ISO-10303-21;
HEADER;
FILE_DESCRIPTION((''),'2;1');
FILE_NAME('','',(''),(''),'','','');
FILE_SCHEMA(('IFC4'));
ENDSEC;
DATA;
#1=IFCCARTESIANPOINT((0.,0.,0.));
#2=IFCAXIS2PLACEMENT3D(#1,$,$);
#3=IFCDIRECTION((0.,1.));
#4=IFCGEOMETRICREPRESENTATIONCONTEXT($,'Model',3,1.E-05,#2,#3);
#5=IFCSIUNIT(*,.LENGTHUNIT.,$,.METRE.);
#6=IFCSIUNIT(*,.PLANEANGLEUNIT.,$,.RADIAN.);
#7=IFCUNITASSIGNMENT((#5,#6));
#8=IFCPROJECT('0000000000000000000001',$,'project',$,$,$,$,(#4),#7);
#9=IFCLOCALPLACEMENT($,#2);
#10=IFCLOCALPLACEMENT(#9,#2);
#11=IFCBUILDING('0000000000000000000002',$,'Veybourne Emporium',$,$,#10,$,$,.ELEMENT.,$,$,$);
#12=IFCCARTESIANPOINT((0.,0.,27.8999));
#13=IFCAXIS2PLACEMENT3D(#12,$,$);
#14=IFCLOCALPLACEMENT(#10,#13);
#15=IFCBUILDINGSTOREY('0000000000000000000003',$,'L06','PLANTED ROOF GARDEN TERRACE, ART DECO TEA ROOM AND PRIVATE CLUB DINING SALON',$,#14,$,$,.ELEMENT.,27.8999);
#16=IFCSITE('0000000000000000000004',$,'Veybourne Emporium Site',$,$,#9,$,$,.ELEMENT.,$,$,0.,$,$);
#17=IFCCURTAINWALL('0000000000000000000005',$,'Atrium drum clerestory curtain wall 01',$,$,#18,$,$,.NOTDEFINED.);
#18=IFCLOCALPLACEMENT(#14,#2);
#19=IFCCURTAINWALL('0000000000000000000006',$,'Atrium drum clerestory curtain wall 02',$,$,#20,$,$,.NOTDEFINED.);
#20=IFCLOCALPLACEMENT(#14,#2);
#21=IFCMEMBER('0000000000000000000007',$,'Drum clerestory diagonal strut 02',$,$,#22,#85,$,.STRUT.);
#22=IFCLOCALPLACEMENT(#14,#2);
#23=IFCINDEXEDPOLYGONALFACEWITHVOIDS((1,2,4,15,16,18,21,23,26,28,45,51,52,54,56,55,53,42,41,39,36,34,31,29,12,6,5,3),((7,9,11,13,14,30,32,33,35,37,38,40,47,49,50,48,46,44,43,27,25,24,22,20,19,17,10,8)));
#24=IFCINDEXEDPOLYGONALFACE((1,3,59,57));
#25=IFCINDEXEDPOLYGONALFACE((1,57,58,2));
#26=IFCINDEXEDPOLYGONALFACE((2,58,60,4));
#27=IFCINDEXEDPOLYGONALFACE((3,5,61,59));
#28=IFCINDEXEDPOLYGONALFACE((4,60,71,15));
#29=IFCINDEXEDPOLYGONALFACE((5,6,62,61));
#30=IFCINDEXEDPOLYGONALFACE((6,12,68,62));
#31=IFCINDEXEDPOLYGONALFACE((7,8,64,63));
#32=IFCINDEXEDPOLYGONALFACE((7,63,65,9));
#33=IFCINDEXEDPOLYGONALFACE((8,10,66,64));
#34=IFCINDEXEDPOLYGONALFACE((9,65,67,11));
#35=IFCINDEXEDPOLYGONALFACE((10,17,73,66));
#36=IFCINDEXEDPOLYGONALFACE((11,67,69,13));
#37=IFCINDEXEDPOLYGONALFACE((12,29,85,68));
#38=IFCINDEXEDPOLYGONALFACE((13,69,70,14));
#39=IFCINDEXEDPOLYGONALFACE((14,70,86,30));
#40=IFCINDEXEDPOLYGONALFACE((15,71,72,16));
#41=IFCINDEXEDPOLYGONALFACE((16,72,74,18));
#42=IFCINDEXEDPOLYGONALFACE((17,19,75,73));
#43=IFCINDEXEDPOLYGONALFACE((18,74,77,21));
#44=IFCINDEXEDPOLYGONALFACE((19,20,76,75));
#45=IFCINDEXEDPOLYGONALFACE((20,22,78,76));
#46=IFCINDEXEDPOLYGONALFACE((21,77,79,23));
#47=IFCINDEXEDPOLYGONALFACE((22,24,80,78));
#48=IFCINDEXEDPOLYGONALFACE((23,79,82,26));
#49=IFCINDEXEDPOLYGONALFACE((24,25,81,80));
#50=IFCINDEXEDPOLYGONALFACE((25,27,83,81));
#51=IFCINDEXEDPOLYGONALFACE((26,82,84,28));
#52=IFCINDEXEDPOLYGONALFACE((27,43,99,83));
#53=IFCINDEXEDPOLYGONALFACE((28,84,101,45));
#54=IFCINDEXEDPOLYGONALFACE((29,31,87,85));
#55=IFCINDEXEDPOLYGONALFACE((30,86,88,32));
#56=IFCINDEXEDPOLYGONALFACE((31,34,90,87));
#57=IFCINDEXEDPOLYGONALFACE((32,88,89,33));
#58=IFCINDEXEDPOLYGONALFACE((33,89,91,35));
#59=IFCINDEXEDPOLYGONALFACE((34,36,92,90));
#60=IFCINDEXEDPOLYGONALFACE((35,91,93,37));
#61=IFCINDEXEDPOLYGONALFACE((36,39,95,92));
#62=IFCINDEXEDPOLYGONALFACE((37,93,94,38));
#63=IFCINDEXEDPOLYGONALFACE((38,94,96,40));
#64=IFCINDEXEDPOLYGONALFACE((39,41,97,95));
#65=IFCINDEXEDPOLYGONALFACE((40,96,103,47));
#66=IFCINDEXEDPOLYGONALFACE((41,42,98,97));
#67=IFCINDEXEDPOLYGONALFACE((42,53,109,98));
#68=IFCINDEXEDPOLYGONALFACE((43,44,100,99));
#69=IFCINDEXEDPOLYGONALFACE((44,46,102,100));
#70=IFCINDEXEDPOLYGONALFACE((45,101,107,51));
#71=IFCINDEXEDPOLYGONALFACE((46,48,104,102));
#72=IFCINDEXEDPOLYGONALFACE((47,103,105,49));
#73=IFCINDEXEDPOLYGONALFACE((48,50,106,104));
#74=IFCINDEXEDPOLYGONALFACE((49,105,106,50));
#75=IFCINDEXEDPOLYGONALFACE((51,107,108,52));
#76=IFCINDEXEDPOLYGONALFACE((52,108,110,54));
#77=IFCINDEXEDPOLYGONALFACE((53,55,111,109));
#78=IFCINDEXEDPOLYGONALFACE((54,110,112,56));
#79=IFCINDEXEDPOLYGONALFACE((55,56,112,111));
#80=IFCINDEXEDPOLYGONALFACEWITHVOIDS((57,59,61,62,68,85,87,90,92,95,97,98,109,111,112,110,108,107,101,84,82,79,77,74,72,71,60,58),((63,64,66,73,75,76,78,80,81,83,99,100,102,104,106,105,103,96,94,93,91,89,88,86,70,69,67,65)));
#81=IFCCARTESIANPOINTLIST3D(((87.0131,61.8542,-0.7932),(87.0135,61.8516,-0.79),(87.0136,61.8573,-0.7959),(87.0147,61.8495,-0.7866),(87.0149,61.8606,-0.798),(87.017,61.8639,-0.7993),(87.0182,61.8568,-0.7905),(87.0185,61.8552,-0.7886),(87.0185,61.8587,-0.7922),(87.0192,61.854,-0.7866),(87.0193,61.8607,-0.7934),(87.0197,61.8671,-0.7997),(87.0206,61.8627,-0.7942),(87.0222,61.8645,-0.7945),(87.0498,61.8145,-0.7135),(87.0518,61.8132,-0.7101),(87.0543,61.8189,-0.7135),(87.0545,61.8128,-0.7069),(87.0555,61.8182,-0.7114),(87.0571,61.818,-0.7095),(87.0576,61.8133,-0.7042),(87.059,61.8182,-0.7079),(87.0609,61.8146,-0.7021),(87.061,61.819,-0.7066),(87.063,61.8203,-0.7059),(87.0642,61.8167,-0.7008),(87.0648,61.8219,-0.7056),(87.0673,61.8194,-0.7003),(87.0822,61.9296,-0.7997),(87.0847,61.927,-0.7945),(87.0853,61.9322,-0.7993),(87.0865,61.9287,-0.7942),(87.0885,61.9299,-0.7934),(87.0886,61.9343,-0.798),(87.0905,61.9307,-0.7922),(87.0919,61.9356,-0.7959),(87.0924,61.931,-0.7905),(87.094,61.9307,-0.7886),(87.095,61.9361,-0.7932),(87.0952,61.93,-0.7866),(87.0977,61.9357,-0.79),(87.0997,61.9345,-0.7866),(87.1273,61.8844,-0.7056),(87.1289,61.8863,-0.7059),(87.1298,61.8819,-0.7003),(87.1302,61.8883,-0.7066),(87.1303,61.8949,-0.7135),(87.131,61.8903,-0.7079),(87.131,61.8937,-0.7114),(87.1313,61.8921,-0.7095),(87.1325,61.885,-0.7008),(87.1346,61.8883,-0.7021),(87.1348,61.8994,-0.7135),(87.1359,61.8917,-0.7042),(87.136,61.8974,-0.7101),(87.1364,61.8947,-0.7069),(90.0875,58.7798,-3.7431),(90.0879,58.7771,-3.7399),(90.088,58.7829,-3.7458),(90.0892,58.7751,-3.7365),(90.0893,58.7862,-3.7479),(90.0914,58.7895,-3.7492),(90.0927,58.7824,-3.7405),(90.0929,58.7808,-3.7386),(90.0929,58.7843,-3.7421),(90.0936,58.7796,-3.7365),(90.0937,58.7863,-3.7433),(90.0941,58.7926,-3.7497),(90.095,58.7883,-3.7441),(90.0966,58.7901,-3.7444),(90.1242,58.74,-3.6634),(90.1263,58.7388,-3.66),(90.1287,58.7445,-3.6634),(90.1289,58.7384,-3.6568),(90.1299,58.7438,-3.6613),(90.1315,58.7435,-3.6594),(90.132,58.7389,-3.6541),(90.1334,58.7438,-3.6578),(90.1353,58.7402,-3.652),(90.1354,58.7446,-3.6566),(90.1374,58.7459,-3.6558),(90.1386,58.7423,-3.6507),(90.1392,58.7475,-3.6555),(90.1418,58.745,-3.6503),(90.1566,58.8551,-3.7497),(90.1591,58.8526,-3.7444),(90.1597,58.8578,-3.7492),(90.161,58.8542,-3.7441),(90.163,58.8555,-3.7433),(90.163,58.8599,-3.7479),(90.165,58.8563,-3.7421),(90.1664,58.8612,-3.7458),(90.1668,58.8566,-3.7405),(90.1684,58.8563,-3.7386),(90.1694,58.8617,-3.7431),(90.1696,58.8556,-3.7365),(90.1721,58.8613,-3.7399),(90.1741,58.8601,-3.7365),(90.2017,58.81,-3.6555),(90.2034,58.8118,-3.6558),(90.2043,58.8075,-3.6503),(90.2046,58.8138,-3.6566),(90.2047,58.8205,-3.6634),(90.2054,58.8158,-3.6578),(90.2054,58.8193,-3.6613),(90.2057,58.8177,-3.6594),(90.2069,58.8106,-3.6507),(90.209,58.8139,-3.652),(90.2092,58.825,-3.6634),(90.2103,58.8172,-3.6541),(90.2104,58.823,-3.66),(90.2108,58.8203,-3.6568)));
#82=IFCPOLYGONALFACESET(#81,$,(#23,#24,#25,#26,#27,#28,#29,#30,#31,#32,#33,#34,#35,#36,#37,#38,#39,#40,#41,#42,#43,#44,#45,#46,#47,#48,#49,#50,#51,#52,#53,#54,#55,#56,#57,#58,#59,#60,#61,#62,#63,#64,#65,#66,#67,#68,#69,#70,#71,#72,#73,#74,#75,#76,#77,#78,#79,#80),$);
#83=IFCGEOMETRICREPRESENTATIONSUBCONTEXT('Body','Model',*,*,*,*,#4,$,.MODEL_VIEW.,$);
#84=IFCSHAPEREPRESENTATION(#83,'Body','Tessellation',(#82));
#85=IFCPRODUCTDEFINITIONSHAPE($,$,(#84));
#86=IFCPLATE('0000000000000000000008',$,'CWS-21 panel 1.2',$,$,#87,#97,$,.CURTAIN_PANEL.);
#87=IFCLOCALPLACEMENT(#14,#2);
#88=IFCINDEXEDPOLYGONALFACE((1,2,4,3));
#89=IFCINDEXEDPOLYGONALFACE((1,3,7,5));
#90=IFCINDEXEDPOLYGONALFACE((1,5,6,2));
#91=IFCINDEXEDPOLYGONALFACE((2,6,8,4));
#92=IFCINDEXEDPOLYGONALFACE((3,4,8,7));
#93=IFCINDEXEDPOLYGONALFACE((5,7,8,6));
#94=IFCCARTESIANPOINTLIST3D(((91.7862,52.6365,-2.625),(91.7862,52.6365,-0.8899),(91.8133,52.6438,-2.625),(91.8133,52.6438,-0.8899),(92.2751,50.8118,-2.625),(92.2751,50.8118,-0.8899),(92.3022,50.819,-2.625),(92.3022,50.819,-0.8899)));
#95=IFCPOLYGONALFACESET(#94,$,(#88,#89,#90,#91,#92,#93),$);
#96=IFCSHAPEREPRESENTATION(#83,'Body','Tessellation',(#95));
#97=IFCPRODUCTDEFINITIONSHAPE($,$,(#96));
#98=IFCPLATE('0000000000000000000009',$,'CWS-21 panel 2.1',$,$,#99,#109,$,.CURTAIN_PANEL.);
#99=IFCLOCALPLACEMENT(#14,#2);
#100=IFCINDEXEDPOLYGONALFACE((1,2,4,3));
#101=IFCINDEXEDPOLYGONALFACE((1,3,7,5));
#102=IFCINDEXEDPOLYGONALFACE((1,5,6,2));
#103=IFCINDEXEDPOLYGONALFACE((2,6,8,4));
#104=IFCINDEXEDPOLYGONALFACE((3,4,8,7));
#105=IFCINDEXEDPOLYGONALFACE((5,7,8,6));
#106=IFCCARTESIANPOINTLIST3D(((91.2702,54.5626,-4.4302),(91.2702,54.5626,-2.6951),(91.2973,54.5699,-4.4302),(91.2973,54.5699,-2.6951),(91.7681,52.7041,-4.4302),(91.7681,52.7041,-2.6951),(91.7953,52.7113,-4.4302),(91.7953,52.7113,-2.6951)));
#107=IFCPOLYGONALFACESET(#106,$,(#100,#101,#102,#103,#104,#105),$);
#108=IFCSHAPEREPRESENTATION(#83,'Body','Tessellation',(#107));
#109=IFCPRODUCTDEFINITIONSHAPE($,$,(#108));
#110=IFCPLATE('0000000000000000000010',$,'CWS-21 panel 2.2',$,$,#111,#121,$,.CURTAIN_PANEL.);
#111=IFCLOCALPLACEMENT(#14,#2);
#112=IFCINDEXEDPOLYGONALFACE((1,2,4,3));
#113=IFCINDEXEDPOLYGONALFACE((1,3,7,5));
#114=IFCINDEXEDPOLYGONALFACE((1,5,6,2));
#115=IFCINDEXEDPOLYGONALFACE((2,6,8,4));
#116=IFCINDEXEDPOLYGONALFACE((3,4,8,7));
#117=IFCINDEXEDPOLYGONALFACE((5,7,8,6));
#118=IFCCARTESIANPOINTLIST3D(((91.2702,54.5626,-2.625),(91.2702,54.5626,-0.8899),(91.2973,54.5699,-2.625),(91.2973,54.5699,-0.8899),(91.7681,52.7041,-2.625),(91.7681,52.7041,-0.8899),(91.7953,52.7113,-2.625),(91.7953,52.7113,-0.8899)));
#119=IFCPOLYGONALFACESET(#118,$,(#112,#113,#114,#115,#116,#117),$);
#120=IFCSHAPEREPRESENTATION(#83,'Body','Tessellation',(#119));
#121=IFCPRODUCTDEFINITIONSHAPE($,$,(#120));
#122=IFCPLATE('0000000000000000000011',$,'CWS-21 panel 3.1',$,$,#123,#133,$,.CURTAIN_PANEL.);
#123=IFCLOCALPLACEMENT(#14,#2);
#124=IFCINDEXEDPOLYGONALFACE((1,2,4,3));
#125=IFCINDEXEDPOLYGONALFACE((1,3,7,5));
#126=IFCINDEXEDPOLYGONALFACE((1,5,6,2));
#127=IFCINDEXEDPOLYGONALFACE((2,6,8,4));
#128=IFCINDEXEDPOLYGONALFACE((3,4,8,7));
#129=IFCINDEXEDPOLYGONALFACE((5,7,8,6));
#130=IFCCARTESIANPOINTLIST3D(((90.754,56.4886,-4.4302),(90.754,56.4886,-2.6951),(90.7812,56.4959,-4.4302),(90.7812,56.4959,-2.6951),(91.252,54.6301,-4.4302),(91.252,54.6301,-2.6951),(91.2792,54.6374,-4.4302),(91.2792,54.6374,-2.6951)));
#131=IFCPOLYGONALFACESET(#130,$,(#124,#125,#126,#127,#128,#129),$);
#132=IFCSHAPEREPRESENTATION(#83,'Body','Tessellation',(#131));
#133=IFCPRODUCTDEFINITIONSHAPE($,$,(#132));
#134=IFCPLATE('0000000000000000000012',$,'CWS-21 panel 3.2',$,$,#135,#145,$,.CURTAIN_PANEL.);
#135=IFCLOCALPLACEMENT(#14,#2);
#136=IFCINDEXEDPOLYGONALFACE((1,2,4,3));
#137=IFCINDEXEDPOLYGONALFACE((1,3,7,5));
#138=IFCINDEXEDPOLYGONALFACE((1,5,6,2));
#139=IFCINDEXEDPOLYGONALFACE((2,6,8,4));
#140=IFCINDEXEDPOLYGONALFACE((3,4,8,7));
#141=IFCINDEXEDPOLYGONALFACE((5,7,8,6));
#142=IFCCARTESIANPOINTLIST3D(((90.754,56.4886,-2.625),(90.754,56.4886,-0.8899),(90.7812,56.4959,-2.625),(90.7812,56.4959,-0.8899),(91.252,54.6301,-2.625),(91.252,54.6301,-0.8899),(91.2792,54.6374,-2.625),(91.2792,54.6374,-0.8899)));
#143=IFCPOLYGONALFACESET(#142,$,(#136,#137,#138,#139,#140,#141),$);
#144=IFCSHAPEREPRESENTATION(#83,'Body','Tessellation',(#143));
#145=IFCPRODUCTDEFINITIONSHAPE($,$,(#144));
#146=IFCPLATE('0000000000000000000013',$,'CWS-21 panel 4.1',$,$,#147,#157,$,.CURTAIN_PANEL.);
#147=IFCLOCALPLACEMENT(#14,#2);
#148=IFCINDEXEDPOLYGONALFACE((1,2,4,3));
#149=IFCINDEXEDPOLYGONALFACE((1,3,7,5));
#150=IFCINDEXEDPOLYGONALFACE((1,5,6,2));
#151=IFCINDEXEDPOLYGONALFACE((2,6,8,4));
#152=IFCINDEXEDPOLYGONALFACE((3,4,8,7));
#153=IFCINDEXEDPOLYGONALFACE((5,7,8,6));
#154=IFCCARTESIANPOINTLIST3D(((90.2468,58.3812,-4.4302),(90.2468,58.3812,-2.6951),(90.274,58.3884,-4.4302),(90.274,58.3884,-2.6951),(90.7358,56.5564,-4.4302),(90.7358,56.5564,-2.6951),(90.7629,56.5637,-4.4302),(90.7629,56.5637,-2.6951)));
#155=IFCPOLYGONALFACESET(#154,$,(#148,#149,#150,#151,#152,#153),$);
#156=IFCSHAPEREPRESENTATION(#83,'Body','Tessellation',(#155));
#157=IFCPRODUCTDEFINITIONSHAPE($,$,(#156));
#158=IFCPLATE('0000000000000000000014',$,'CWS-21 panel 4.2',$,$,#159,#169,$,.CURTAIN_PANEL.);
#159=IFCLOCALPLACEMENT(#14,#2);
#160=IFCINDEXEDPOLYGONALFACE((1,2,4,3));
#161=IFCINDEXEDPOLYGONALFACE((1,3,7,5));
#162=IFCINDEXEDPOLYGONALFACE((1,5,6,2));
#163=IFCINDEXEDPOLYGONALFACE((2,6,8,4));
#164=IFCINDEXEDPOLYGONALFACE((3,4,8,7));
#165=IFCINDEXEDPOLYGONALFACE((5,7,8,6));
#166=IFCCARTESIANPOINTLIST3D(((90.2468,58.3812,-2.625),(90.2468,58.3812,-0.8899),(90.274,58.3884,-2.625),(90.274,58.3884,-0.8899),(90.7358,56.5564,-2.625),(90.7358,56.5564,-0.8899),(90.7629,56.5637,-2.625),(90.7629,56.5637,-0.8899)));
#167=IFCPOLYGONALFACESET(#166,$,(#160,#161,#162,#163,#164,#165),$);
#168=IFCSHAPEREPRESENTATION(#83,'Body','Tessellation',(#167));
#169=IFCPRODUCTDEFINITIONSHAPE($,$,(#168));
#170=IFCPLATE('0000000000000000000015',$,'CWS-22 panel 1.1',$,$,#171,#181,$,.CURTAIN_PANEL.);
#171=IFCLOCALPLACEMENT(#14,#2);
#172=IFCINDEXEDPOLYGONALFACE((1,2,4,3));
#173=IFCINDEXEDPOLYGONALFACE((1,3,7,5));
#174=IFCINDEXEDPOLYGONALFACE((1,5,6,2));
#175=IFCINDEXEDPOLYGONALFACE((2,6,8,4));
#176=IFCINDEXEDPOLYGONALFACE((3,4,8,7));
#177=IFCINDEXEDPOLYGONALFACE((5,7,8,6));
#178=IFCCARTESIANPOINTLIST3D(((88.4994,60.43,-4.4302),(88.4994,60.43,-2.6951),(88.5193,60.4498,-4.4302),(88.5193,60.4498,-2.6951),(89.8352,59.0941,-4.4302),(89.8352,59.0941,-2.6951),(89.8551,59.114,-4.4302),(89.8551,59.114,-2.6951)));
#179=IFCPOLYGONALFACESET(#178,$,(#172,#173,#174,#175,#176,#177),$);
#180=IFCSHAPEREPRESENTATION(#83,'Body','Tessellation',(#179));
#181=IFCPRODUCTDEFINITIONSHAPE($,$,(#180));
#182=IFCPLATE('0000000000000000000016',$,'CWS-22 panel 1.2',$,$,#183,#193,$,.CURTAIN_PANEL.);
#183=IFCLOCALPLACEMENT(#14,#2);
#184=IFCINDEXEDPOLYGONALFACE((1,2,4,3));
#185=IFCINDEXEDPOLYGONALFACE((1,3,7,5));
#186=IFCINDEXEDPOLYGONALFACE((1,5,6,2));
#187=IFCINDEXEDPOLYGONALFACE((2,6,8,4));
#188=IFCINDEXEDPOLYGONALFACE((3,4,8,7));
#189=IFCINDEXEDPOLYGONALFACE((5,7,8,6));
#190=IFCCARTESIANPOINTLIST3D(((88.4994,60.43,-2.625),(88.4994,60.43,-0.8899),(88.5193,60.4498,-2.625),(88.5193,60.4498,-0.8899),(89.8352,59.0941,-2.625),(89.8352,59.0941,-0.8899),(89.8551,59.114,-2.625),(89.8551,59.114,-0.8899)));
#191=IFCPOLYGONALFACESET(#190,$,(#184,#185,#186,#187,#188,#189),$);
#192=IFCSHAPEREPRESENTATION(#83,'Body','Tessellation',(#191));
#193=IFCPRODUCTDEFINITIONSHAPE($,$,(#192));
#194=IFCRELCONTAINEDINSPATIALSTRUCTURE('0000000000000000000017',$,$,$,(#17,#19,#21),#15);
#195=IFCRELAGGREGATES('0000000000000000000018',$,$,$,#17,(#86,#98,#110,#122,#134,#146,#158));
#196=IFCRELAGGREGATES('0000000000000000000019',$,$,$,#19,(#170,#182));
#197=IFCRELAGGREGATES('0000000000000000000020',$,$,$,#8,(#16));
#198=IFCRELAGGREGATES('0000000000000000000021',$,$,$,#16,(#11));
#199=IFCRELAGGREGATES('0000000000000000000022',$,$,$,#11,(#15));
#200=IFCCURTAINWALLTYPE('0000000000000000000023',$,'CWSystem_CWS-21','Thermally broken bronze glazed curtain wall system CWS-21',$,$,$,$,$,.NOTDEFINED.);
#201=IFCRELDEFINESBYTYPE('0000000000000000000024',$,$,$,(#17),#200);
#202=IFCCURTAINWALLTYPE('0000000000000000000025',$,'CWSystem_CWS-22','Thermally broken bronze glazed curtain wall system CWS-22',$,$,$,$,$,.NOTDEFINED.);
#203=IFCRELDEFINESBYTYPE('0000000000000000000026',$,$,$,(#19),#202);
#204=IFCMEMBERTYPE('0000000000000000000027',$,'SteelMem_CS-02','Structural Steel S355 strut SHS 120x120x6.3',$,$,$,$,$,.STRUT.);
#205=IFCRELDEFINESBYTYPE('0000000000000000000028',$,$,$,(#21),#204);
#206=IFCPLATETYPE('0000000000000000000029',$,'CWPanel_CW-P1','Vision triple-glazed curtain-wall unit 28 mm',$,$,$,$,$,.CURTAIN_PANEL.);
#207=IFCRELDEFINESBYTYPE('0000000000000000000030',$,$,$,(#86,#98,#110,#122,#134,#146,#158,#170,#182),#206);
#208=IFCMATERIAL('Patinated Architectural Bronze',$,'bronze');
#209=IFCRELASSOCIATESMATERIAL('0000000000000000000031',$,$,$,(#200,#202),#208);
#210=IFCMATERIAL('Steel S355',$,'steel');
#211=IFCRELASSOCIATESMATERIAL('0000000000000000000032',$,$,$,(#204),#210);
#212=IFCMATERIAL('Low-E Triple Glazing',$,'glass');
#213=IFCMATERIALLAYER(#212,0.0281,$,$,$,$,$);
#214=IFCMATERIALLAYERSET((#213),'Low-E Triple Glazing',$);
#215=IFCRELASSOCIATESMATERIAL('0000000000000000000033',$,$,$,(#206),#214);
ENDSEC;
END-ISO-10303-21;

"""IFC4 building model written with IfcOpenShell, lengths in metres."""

from ifc_helpers import new_model, si_unit, direction, frame, origin, origin_2d, place, context, subcontext, project, spatial, rectangle, hollow_rectangle, extrude, material, layer, layer_set, material_profile, profile_set, type_object, element, aggregate, save


model = new_model("IFC4")

# Units and contexts
model_context = context("Model", 3, precision=1e-05, world=origin(), true_north=direction((0.0, 1.0)))
body_context = subcontext(model_context, "Body", "Model", "MODEL_VIEW")
ifc_project = project(units=[si_unit("LENGTHUNIT", "METRE"), si_unit("PLANEANGLEUNIT", "RADIAN")], contexts=[model_context])

# Site, building, storey
site_placement = place(None, origin())
site = spatial("IfcSite", under=ifc_project, at=site_placement, Name="Veybourne Emporium Site", CompositionType="ELEMENT", RefElevation=0.0)
building_placement = place(site_placement, origin())
building = spatial("IfcBuilding", under=site, at=building_placement, Name="Veybourne Emporium", CompositionType="ELEMENT")
storey_placement = place(building_placement, frame((0.0, 0.0, 27.8999)))
storey = spatial("IfcBuildingStorey", under=building, at=storey_placement, Name="L06", Description="PLANTED ROOF GARDEN TERRACE, ART DECO TEA ROOM AND PRIVATE CLUB DINING SALON", CompositionType="ELEMENT", Elevation=27.8999)

# Curtain walls
ifc_material_1 = material(Name="Patinated Architectural Bronze", Category="bronze")
curtain_wall_type_1 = type_object("IfcCurtainWallType", Name="CWSystem_CWS-21", Description="Thermally broken bronze glazed curtain wall system CWS-21", PredefinedType="NOTDEFINED", material=ifc_material_1)
curtain_wall_1_placement = place(storey_placement, origin())
curtain_wall_1 = element("IfcCurtainWall", 1, at=curtain_wall_1_placement, inside=storey, type_object=curtain_wall_type_1, Name="Atrium drum clerestory curtain wall 01", PredefinedType="NOTDEFINED")
curtain_wall_type_2 = type_object("IfcCurtainWallType", Name="CWSystem_CWS-22", Description="Thermally broken bronze glazed curtain wall system CWS-22", PredefinedType="NOTDEFINED", material=ifc_material_1)
curtain_wall_2_placement = place(storey_placement, origin())
curtain_wall_2 = element("IfcCurtainWall", 2, at=curtain_wall_2_placement, inside=storey, type_object=curtain_wall_type_2, Name="Atrium drum clerestory curtain wall 02", PredefinedType="NOTDEFINED")

# Member
ifc_material_2 = material(Name="Steel S355", Category="steel")
ifc_material_profile_1 = material_profile(ifc_material_2, hollow_rectangle(XDim=0.1201, YDim=0.1201, WallThickness=0.0063, InnerFilletRadius=0.0095, OuterFilletRadius=0.0159, at=origin_2d()), Name="SHS 120x120x6.3")
ifc_profile_set_1 = profile_set([ifc_material_profile_1], Name="Steel S355")
member_type_1 = type_object("IfcMemberType", Name="SteelMem_CS-02", Description="Structural Steel S355 strut SHS 120x120x6.3", PredefinedType="STRUT", material=ifc_profile_set_1)
member_1_placement = place(storey_placement, frame((90.1492, 58.8, -3.7), z_axis=(-0.585141, 0.585141, 0.561444), x_axis=(-0.707107, -0.707107, 0.0)))
element("IfcMember", 3, at=member_1_placement, inside=storey, type_object=member_type_1, Name="Drum clerestory diagonal strut 02", PredefinedType="STRUT", context=body_context, shape_type="SweptSolid", body=[
    extrude(hollow_rectangle(XDim=0.1201, YDim=0.1201, WallThickness=0.0063, InnerFilletRadius=0.0095, OuterFilletRadius=0.0159, at=origin_2d()), origin(), (0.0, 0.0, 1.0), 5.2542),
])

# Plates
ifc_material_3 = material(Name="Low-E Triple Glazing", Category="glass")
ifc_layer_1 = layer(ifc_material_3, 0.0281)
ifc_layer_set_1 = layer_set([ifc_layer_1], Name="Low-E Triple Glazing")
plate_type = type_object("IfcPlateType", Name="CWPanel_CW-P1", Description="Vision triple-glazed curtain-wall unit 28 mm", PredefinedType="CURTAIN_PANEL", material=ifc_layer_set_1)
plate_1_placement = place(storey_placement, frame((92.0442, 51.7278, -2.625), z_axis=(0.0, 0.0, 1.0), x_axis=(-0.25882, 0.965926, 0.0)))
plate_1 = element("IfcPlate", 4, at=plate_1_placement, type_object=plate_type, Name="CWS-21 panel 1.2", PredefinedType="CURTAIN_PANEL", context=body_context, shape_type="SweptSolid", body=[
    extrude(rectangle(XDim=1.8892, YDim=0.0281, at=origin_2d()), origin(), (0.0, 0.0, 1.0), 1.7351),
])
plate_2_placement = place(storey_placement, frame((91.5327, 53.637, -4.4302), z_axis=(0.0, 0.0, 1.0), x_axis=(-0.25882, 0.965926, 0.0)))
plate_2 = element("IfcPlate", 5, at=plate_2_placement, type_object=plate_type, Name="CWS-21 panel 2.1", PredefinedType="CURTAIN_PANEL", context=body_context, shape_type="SweptSolid", body=[
    extrude(rectangle(XDim=1.9241, YDim=0.0281, at=origin_2d()), origin(), (0.0, 0.0, 1.0), 1.7351),
])
plate_3_placement = place(storey_placement, frame((91.5327, 53.637, -2.625), z_axis=(0.0, 0.0, 1.0), x_axis=(-0.25882, 0.965926, 0.0)))
plate_3 = element("IfcPlate", 6, at=plate_3_placement, type_object=plate_type, Name="CWS-21 panel 2.2", PredefinedType="CURTAIN_PANEL", context=body_context, shape_type="SweptSolid", body=[
    extrude(rectangle(XDim=1.9241, YDim=0.0281, at=origin_2d()), origin(), (0.0, 0.0, 1.0), 1.7351),
])
plate_4_placement = place(storey_placement, frame((91.0166, 55.563, -4.4302), z_axis=(0.0, 0.0, 1.0), x_axis=(-0.25882, 0.965926, 0.0)))
plate_4 = element("IfcPlate", 7, at=plate_4_placement, type_object=plate_type, Name="CWS-21 panel 3.1", PredefinedType="CURTAIN_PANEL", context=body_context, shape_type="SweptSolid", body=[
    extrude(rectangle(XDim=1.9241, YDim=0.0281, at=origin_2d()), origin(), (0.0, 0.0, 1.0), 1.7351),
])
plate_5_placement = place(storey_placement, frame((91.0166, 55.563, -2.625), z_axis=(0.0, 0.0, 1.0), x_axis=(-0.25882, 0.965926, 0.0)))
plate_5 = element("IfcPlate", 8, at=plate_5_placement, type_object=plate_type, Name="CWS-21 panel 3.2", PredefinedType="CURTAIN_PANEL", context=body_context, shape_type="SweptSolid", body=[
    extrude(rectangle(XDim=1.9241, YDim=0.0281, at=origin_2d()), origin(), (0.0, 0.0, 1.0), 1.7351),
])
plate_6_placement = place(storey_placement, frame((90.5049, 57.4724, -4.4302), z_axis=(0.0, 0.0, 1.0), x_axis=(-0.25882, 0.965926, 0.0)))
plate_6 = element("IfcPlate", 9, at=plate_6_placement, type_object=plate_type, Name="CWS-21 panel 4.1", PredefinedType="CURTAIN_PANEL", context=body_context, shape_type="SweptSolid", body=[
    extrude(rectangle(XDim=1.8892, YDim=0.0281, at=origin_2d()), origin(), (0.0, 0.0, 1.0), 1.7351),
])
plate_7_placement = place(storey_placement, frame((90.5049, 57.4724, -2.625), z_axis=(0.0, 0.0, 1.0), x_axis=(-0.25882, 0.965926, 0.0)))
plate_7 = element("IfcPlate", 10, at=plate_7_placement, type_object=plate_type, Name="CWS-21 panel 4.2", PredefinedType="CURTAIN_PANEL", context=body_context, shape_type="SweptSolid", body=[
    extrude(rectangle(XDim=1.8892, YDim=0.0281, at=origin_2d()), origin(), (0.0, 0.0, 1.0), 1.7351),
])
aggregate(curtain_wall_1, [plate_1, plate_2, plate_3, plate_4, plate_5, plate_6, plate_7])
plate_8_placement = place(storey_placement, frame((89.1772, 59.772, -4.4302), z_axis=(0.0, 0.0, 1.0), x_axis=(-0.707107, 0.707107, 0.0)))
plate_8 = element("IfcPlate", 11, at=plate_8_placement, type_object=plate_type, Name="CWS-22 panel 1.1", PredefinedType="CURTAIN_PANEL", context=body_context, shape_type="SweptSolid", body=[
    extrude(rectangle(XDim=1.8892, YDim=0.0281, at=origin_2d()), origin(), (0.0, 0.0, 1.0), 1.7351),
])
plate_9_placement = place(storey_placement, frame((89.1772, 59.772, -2.625), z_axis=(0.0, 0.0, 1.0), x_axis=(-0.707107, 0.707107, 0.0)))
plate_9 = element("IfcPlate", 12, at=plate_9_placement, type_object=plate_type, Name="CWS-22 panel 1.2", PredefinedType="CURTAIN_PANEL", context=body_context, shape_type="SweptSolid", body=[
    extrude(rectangle(XDim=1.8892, YDim=0.0281, at=origin_2d()), origin(), (0.0, 0.0, 1.0), 1.7351),
])
aggregate(curtain_wall_2, [plate_8, plate_9])

save(model, "model.ifc")
